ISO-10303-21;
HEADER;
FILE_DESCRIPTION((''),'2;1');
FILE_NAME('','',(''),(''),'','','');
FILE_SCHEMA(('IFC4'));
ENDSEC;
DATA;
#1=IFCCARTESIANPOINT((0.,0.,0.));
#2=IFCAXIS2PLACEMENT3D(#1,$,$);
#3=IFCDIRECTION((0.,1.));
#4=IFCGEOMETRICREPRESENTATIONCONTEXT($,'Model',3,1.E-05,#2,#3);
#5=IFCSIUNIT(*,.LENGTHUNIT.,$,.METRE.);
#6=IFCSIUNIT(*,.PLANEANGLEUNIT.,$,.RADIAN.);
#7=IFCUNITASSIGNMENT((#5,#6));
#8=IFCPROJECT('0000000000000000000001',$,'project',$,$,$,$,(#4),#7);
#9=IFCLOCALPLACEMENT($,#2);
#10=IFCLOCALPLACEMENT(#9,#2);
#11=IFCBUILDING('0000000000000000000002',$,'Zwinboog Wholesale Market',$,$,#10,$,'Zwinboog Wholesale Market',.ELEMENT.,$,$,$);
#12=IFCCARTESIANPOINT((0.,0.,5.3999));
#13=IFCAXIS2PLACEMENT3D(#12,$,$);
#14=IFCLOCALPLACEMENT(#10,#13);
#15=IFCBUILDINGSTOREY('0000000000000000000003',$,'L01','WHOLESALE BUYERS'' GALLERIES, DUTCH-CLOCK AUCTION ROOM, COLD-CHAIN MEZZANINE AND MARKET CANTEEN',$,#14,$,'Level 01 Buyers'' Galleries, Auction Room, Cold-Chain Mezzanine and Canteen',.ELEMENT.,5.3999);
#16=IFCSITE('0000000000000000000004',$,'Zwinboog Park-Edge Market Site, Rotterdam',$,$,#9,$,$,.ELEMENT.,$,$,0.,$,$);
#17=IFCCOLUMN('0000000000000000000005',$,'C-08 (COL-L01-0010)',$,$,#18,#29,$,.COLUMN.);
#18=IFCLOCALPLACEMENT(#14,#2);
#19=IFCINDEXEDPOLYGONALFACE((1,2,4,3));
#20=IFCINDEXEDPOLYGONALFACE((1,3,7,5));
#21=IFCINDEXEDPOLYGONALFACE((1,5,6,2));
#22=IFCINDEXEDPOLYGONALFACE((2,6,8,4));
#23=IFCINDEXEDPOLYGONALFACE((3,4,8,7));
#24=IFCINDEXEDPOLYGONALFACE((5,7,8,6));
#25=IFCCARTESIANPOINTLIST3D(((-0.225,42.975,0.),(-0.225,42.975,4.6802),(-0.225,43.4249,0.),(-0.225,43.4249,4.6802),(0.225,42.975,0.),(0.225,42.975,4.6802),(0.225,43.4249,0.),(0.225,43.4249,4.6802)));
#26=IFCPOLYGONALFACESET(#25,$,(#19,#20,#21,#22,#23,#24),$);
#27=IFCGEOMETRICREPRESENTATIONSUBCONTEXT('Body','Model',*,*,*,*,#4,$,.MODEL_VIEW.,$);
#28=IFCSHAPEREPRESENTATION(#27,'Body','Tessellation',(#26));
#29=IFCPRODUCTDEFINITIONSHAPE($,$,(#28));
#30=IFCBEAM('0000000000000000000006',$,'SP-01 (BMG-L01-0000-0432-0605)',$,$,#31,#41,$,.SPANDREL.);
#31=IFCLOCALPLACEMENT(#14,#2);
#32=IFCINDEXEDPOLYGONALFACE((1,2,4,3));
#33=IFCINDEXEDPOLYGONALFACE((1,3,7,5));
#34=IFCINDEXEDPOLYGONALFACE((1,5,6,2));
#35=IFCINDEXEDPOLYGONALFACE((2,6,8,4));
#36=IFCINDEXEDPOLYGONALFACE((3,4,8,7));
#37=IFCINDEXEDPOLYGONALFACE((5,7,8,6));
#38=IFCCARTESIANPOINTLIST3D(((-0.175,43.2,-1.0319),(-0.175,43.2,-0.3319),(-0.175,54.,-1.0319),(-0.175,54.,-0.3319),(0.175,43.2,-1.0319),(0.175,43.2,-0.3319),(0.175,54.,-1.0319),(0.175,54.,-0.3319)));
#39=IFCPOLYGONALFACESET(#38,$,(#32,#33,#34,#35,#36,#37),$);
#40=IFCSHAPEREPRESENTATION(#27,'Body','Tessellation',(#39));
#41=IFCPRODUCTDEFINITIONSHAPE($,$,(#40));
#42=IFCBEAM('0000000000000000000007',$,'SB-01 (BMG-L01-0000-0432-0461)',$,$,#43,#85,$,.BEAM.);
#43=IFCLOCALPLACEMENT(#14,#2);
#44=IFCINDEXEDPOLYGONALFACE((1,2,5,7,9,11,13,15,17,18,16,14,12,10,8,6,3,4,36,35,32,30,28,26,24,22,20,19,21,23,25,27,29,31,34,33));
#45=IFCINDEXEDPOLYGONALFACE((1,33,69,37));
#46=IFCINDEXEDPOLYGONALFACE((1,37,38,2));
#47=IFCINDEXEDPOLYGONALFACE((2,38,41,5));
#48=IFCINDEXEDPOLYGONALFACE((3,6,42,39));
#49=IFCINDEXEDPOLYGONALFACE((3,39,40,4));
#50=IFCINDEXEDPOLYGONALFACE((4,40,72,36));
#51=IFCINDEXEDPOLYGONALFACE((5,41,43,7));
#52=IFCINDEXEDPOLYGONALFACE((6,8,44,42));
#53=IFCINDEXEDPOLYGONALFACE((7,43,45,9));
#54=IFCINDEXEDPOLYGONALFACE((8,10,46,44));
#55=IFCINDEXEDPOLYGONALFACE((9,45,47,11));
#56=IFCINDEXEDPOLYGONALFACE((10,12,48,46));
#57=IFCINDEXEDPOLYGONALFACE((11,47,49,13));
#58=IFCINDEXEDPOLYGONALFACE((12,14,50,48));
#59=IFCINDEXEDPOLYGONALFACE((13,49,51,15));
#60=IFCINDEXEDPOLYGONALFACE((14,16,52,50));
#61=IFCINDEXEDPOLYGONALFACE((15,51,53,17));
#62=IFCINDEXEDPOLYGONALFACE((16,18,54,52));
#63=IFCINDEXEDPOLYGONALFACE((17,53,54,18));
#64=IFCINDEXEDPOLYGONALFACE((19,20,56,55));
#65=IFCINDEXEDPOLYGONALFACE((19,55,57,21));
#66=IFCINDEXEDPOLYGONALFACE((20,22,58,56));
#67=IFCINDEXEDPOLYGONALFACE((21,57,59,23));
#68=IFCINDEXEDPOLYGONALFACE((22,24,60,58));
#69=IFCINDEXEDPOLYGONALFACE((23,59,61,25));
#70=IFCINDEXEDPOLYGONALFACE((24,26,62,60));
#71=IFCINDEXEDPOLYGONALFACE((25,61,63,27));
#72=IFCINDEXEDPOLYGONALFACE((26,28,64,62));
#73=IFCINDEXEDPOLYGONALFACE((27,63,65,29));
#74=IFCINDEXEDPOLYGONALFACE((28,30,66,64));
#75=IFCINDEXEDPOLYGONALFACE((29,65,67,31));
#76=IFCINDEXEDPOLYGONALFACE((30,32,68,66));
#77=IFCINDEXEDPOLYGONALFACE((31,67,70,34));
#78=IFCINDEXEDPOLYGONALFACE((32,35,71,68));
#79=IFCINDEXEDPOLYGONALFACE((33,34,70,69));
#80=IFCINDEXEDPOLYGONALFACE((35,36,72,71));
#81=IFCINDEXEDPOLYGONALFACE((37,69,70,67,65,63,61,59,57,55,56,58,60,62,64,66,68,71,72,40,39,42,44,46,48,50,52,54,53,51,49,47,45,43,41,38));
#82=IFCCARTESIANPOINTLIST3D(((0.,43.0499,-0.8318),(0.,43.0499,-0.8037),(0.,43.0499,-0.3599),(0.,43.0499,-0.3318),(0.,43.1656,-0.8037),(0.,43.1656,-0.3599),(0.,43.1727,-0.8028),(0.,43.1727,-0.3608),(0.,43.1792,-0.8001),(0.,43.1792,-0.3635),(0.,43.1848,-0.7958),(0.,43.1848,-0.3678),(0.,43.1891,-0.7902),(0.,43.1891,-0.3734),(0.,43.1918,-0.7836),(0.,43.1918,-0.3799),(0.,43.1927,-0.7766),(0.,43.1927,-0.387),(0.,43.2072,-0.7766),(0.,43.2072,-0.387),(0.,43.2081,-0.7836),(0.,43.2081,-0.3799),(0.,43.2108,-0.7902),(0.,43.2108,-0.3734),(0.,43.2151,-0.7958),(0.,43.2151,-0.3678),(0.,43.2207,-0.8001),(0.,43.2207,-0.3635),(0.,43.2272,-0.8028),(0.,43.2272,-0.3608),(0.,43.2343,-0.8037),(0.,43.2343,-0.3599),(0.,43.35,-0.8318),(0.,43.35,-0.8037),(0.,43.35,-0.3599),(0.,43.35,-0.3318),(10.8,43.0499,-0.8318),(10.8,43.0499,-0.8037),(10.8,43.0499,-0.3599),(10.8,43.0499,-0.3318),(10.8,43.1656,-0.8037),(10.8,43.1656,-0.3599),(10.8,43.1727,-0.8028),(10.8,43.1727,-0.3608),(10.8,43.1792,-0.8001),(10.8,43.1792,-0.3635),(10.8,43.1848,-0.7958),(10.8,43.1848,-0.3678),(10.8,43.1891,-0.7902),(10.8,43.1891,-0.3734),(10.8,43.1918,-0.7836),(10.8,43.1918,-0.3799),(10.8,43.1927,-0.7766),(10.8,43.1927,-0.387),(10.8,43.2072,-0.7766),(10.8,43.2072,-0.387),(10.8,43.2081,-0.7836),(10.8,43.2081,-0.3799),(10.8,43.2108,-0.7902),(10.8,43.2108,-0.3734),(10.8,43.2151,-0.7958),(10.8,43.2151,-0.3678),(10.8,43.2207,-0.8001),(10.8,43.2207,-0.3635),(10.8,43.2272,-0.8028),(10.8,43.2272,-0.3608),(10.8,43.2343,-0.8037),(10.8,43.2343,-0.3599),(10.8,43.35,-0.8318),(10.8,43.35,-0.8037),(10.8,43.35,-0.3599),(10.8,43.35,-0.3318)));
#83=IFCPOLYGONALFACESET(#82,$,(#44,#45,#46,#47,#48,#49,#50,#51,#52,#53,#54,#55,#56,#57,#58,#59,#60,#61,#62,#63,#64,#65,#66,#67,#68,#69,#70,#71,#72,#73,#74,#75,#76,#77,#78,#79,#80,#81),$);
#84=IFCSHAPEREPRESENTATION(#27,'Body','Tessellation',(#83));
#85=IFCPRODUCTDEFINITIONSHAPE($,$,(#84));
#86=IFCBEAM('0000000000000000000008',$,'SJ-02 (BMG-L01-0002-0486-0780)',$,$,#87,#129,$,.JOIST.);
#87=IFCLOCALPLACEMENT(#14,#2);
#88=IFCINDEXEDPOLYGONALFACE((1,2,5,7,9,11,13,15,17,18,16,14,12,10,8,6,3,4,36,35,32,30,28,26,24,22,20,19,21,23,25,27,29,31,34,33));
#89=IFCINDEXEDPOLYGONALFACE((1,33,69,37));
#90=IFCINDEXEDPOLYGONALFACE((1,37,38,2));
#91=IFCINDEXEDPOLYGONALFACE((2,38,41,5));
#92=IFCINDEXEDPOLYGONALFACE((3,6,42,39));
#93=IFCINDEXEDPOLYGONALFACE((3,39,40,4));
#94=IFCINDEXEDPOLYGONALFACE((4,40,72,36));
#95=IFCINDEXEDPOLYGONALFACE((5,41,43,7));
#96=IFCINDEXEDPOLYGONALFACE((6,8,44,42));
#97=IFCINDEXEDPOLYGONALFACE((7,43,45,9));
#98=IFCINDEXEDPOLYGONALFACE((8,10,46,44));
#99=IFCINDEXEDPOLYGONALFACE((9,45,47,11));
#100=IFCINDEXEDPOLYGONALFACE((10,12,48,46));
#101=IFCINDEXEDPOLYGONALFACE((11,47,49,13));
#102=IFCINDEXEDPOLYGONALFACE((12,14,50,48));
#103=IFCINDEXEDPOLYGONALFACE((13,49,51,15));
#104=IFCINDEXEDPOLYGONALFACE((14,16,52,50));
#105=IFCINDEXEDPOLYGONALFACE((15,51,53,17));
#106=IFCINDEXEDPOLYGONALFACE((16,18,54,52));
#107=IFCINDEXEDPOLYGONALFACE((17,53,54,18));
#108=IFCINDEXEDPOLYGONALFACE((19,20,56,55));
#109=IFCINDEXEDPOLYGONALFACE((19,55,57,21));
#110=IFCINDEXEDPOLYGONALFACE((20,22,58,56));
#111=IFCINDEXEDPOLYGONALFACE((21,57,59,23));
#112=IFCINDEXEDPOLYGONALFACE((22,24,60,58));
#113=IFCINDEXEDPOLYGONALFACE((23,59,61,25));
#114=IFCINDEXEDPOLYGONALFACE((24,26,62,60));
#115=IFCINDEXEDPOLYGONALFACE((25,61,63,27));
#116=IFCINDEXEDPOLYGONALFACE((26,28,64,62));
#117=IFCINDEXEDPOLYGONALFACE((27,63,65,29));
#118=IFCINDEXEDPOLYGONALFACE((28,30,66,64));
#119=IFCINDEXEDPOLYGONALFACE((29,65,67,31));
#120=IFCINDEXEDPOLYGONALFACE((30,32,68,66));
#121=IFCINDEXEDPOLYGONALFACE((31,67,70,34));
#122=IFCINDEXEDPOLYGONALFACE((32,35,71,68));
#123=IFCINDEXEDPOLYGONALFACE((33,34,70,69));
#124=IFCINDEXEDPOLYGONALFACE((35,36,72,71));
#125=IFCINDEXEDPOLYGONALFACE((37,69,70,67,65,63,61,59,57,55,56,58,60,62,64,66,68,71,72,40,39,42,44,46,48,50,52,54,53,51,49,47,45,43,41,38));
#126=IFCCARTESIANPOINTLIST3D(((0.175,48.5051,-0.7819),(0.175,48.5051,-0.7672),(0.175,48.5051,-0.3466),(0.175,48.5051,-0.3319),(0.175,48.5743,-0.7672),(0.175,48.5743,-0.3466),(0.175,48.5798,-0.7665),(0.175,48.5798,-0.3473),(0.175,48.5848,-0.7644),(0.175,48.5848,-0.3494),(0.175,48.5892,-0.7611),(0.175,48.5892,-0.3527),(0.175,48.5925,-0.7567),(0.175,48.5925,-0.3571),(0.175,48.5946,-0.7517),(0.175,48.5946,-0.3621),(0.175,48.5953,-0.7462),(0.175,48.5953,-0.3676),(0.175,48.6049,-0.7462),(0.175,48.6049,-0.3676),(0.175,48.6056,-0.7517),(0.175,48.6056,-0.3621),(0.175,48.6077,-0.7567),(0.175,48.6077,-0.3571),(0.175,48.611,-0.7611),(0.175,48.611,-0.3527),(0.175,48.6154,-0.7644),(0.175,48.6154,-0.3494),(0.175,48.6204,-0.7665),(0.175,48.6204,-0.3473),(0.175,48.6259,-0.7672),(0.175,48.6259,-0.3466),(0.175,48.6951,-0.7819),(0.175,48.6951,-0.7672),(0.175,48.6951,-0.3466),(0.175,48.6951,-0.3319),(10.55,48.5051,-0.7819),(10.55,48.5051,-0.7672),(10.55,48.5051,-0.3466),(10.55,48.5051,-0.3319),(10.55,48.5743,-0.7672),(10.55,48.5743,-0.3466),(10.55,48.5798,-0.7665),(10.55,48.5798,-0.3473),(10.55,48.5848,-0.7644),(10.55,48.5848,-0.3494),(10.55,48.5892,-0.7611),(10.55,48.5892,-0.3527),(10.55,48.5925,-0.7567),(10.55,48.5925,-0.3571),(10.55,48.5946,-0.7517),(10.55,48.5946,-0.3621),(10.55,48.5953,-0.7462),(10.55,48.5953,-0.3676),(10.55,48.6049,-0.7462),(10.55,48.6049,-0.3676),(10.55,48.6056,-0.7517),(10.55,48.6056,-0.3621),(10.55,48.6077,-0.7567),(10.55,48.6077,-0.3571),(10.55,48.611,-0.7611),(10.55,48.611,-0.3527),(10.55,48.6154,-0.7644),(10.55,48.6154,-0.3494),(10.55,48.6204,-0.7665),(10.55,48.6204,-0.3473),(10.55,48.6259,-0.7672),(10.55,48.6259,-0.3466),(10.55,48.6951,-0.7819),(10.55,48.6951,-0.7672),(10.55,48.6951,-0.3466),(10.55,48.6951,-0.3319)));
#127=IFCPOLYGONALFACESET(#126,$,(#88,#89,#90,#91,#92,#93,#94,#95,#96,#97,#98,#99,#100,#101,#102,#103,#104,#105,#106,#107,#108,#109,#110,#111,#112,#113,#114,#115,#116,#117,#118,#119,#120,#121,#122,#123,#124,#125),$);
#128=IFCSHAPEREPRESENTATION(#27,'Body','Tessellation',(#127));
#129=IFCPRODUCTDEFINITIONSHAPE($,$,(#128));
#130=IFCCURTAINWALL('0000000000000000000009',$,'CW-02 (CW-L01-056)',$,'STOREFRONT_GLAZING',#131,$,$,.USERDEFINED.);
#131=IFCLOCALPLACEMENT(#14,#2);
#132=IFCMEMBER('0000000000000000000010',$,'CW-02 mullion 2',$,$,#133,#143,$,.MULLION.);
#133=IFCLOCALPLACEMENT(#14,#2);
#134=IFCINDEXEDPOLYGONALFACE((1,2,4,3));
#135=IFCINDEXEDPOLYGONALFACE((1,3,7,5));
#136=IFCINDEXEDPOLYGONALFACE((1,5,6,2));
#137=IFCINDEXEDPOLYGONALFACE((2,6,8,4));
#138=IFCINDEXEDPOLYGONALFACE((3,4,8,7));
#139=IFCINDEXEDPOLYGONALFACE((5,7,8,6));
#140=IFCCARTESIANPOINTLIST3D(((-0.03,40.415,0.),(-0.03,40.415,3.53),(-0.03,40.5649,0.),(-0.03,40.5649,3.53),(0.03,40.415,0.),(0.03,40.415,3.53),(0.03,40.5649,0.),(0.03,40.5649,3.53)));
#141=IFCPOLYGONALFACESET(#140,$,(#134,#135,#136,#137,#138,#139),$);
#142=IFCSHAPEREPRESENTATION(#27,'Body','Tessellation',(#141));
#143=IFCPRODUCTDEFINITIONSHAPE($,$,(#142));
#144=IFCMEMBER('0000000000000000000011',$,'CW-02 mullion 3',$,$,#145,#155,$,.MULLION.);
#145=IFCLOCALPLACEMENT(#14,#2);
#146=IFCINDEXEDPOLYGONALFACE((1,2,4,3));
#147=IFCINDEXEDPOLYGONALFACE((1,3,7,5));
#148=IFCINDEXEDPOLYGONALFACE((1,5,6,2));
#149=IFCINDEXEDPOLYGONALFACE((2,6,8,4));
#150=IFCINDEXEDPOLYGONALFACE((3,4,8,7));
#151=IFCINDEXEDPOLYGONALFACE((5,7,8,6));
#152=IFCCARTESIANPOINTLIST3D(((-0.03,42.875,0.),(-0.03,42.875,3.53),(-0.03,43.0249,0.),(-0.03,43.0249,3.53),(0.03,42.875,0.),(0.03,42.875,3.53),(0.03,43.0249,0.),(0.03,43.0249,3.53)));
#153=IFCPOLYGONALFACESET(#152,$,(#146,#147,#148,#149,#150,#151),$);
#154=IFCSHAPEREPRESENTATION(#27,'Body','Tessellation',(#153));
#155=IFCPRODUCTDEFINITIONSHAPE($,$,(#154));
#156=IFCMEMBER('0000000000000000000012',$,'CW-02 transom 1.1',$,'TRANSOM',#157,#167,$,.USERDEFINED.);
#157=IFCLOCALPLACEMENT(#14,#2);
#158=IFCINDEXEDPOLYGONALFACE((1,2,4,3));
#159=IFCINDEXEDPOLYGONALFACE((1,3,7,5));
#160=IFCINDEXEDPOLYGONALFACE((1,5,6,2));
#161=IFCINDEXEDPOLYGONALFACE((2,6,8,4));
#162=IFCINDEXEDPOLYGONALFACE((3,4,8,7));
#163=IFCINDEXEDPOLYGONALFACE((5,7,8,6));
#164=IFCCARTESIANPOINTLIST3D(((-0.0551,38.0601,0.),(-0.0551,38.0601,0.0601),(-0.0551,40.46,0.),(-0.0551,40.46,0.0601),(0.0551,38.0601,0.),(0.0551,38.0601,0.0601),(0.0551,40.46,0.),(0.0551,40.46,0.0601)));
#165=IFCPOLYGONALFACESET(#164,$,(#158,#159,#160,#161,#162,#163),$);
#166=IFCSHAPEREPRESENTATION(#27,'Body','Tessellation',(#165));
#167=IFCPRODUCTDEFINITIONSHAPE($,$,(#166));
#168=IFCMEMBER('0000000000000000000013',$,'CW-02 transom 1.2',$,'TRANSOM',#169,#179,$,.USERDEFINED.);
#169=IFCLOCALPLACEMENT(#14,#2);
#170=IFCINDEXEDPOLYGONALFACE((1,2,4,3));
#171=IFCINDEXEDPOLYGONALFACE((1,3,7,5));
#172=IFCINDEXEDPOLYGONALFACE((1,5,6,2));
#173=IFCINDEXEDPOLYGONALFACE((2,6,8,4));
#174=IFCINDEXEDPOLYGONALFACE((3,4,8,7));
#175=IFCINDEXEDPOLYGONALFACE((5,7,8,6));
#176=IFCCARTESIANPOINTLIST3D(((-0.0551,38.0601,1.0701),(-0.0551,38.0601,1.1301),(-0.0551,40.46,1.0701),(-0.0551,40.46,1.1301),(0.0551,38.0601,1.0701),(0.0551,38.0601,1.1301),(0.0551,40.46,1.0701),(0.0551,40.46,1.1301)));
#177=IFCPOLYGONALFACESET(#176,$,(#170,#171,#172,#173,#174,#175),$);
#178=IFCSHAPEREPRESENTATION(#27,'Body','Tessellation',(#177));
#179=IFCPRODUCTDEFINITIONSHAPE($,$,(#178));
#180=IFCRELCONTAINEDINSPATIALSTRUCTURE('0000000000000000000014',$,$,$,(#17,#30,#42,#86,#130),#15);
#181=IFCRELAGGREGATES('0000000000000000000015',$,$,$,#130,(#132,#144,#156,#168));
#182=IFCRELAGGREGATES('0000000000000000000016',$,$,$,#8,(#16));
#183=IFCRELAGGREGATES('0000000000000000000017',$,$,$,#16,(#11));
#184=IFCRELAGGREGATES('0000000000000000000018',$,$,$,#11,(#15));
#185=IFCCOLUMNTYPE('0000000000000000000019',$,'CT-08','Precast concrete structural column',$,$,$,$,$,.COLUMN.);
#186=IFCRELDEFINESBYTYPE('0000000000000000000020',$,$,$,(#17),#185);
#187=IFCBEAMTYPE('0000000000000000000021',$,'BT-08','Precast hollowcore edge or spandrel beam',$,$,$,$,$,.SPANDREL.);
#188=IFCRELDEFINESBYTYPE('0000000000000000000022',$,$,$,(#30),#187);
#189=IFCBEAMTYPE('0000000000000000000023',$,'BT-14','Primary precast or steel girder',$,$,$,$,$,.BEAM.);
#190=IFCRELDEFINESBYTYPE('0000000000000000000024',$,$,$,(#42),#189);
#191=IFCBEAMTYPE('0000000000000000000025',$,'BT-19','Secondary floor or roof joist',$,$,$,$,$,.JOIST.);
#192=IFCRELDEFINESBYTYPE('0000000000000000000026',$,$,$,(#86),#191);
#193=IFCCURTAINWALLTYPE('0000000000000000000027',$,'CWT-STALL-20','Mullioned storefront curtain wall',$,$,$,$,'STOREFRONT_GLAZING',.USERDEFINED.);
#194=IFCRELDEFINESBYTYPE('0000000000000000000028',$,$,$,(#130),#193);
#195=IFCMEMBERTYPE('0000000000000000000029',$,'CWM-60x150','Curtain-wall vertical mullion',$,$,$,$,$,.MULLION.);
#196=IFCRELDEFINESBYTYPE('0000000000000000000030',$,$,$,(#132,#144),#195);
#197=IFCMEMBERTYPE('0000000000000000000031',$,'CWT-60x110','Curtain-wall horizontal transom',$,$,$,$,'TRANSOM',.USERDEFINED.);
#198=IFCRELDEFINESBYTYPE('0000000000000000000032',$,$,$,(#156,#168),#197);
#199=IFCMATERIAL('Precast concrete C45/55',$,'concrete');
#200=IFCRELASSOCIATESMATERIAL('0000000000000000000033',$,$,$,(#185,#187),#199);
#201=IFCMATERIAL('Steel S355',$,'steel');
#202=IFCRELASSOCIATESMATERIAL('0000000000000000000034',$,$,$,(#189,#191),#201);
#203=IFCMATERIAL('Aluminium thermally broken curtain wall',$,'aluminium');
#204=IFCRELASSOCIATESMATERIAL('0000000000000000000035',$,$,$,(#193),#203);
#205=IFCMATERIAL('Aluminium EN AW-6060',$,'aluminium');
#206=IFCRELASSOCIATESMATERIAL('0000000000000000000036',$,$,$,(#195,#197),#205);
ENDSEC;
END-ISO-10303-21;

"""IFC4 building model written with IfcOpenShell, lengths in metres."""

from ifc_helpers import new_model, si_unit, direction, frame, origin, origin_2d, place, context, subcontext, project, spatial, rectangle, i_section, extrude, material, material_profile, profile_set, type_object, element, aggregate, save


model = new_model("IFC4")

# Units and contexts
model_context = context("Model", 3, precision=1e-05, world=origin(), true_north=direction((0.0, 1.0)))
body_context = subcontext(model_context, "Body", "Model", "MODEL_VIEW")
ifc_project = project(units=[si_unit("LENGTHUNIT", "METRE"), si_unit("PLANEANGLEUNIT", "RADIAN")], contexts=[model_context])

# Site, building, storey
site_placement = place(None, origin())
site = spatial("IfcSite", under=ifc_project, at=site_placement, Name="Zwinboog Park-Edge Market Site, Rotterdam", CompositionType="ELEMENT", RefElevation=0.0)
building_placement = place(site_placement, origin())
building = spatial("IfcBuilding", under=site, at=building_placement, Name="Zwinboog Wholesale Market", LongName="Zwinboog Wholesale Market", CompositionType="ELEMENT")
storey_placement = place(building_placement, frame((0.0, 0.0, 5.3999)))
storey = spatial("IfcBuildingStorey", under=building, at=storey_placement, Name="L01", Description="WHOLESALE BUYERS' GALLERIES, DUTCH-CLOCK AUCTION ROOM, COLD-CHAIN MEZZANINE AND MARKET CANTEEN", LongName="Level 01 Buyers' Galleries, Auction Room, Cold-Chain Mezzanine and Canteen", CompositionType="ELEMENT", Elevation=5.3999)

# Column
ifc_material_1 = material(Name="Precast concrete C45/55", Category="concrete")
ifc_material_profile_1 = material_profile(ifc_material_1, rectangle(XDim=0.45, YDim=0.45, at=origin_2d()), Name="PC 450x450")
ifc_profile_set_1 = profile_set([ifc_material_profile_1], Name="Precast concrete C45/55")
column_type = type_object("IfcColumnType", Name="CT-08", Description="Precast concrete structural column", PredefinedType="COLUMN", material=ifc_profile_set_1)
column_placement = place(storey_placement, frame((0.0, 43.2, 0.0), z_axis=(0.0, 0.0, 1.0), x_axis=(1.0, 0.0, 0.0)))
element("IfcColumn", 1, at=column_placement, inside=storey, type_object=column_type, Name="C-08 (COL-L01-0010)", PredefinedType="COLUMN", context=body_context, shape_type="SweptSolid", body=[
    extrude(rectangle(XDim=0.45, YDim=0.45, at=origin_2d()), origin(), (0.0, 0.0, 1.0), 4.6802),
])

# Beams
ifc_material_profile_2 = material_profile(ifc_material_1, rectangle(XDim=0.3501, YDim=0.7, at=origin_2d()), Name="PC 350x700")
ifc_profile_set_2 = profile_set([ifc_material_profile_2], Name="Precast concrete C45/55")
beam_type_1 = type_object("IfcBeamType", Name="BT-08", Description="Precast hollowcore edge or spandrel beam", PredefinedType="SPANDREL", material=ifc_profile_set_2)
beam_1_placement = place(storey_placement, frame((0.0, 43.2, -0.6819), z_axis=(0.0, 1.0, 0.0), x_axis=(-1.0, 0.0, 0.0)))
element("IfcBeam", 2, at=beam_1_placement, inside=storey, type_object=beam_type_1, Name="SP-01 (BMG-L01-0000-0432-0605)", PredefinedType="SPANDREL", context=body_context, shape_type="SweptSolid", body=[
    extrude(rectangle(XDim=0.3501, YDim=0.7, at=origin_2d()), origin(), (0.0, 0.0, 1.0), 10.8),
])
ifc_material_2 = material(Name="Steel S355", Category="steel")
ifc_material_profile_3 = material_profile(ifc_material_2, i_section(OverallWidth=0.3, OverallDepth=0.5, WebThickness=0.0144, FlangeThickness=0.0281, FilletRadius=0.0271, at=origin_2d()), Name="HEB 500")
ifc_profile_set_3 = profile_set([ifc_material_profile_3], Name="Steel S355")
beam_type_2 = type_object("IfcBeamType", Name="BT-14", Description="Primary precast or steel girder", PredefinedType="BEAM", material=ifc_profile_set_3)
beam_2_placement = place(storey_placement, frame((0.0, 43.2, -0.5818), z_axis=(1.0, 0.0, 0.0), x_axis=(0.0, 1.0, 0.0)))
element("IfcBeam", 3, at=beam_2_placement, inside=storey, type_object=beam_type_2, Name="SB-01 (BMG-L01-0000-0432-0461)", PredefinedType="BEAM", context=body_context, shape_type="SweptSolid", body=[
    extrude(i_section(OverallWidth=0.3, OverallDepth=0.5, WebThickness=0.0144, FlangeThickness=0.0281, FilletRadius=0.0271, at=origin_2d()), origin(), (0.0, 0.0, 1.0), 10.8),
])
ifc_material_profile_4 = material_profile(ifc_material_2, i_section(OverallWidth=0.1899, OverallDepth=0.45, WebThickness=0.0095, FlangeThickness=0.0146, FilletRadius=0.021, at=origin_2d()), Name="IPE 450")
ifc_profile_set_4 = profile_set([ifc_material_profile_4], Name="Steel S355")
beam_type_3 = type_object("IfcBeamType", Name="BT-19", Description="Secondary floor or roof joist", PredefinedType="JOIST", material=ifc_profile_set_4)
beam_3_placement = place(storey_placement, frame((0.175, 48.6001, -0.5569), z_axis=(1.0, 0.0, 0.0), x_axis=(0.0, 1.0, 0.0)))
element("IfcBeam", 4, at=beam_3_placement, inside=storey, type_object=beam_type_3, Name="SJ-02 (BMG-L01-0002-0486-0780)", PredefinedType="JOIST", context=body_context, shape_type="SweptSolid", body=[
    extrude(i_section(OverallWidth=0.1899, OverallDepth=0.45, WebThickness=0.0095, FlangeThickness=0.0146, FilletRadius=0.021, at=origin_2d()), origin(), (0.0, 0.0, 1.0), 10.375),
])

# Curtain wall, members
ifc_material_3 = material(Name="Aluminium thermally broken curtain wall", Category="aluminium")
curtain_wall_type = type_object("IfcCurtainWallType", Name="CWT-STALL-20", Description="Mullioned storefront curtain wall", ElementType="STOREFRONT_GLAZING", PredefinedType="USERDEFINED", material=ifc_material_3)
curtain_wall_placement = place(storey_placement, origin())
curtain_wall = element("IfcCurtainWall", 5, at=curtain_wall_placement, inside=storey, type_object=curtain_wall_type, Name="CW-02 (CW-L01-056)", ObjectType="STOREFRONT_GLAZING", PredefinedType="USERDEFINED")
ifc_material_4 = material(Name="Aluminium EN AW-6060", Category="aluminium")
ifc_material_profile_5 = material_profile(ifc_material_4, rectangle(XDim=0.0601, YDim=0.1499, at=origin_2d()), Name="AL 60x150")
ifc_profile_set_5 = profile_set([ifc_material_profile_5], Name="Aluminium EN AW-6060")
member_type_1 = type_object("IfcMemberType", Name="CWM-60x150", Description="Curtain-wall vertical mullion", PredefinedType="MULLION", material=ifc_profile_set_5)
member_1_placement = place(storey_placement, frame((0.0, 40.49, 0.0), z_axis=(0.0, 0.0, 1.0), x_axis=(-1.0, 0.0, 0.0)))
member_1 = element("IfcMember", 6, at=member_1_placement, type_object=member_type_1, Name="CW-02 mullion 2", PredefinedType="MULLION", context=body_context, shape_type="SweptSolid", body=[
    extrude(rectangle(XDim=0.0601, YDim=0.1499, at=origin_2d()), origin(), (0.0, 0.0, 1.0), 3.53),
])
member_2_placement = place(storey_placement, frame((0.0, 42.95, 0.0), z_axis=(0.0, 0.0, 1.0), x_axis=(-1.0, 0.0, 0.0)))
member_2 = element("IfcMember", 7, at=member_2_placement, type_object=member_type_1, Name="CW-02 mullion 3", PredefinedType="MULLION", context=body_context, shape_type="SweptSolid", body=[
    extrude(rectangle(XDim=0.0601, YDim=0.1499, at=origin_2d()), origin(), (0.0, 0.0, 1.0), 3.53),
])
ifc_material_profile_6 = material_profile(ifc_material_4, rectangle(XDim=0.1101, YDim=0.0601, at=origin_2d()), Name="AL 60x110")
ifc_profile_set_6 = profile_set([ifc_material_profile_6], Name="Aluminium EN AW-6060")
member_type_2 = type_object("IfcMemberType", Name="CWT-60x110", Description="Curtain-wall horizontal transom", ElementType="TRANSOM", PredefinedType="USERDEFINED", material=ifc_profile_set_6)
member_3_placement = place(storey_placement, frame((0.0, 38.0601, 0.03), z_axis=(0.0, 1.0, 0.0), x_axis=(-1.0, 0.0, 0.0)))
member_3 = element("IfcMember", 8, at=member_3_placement, type_object=member_type_2, Name="CW-02 transom 1.1", ObjectType="TRANSOM", PredefinedType="USERDEFINED", context=body_context, shape_type="SweptSolid", body=[
    extrude(rectangle(XDim=0.1101, YDim=0.0601, at=origin_2d()), origin(), (0.0, 0.0, 1.0), 2.3999),
])
member_4_placement = place(storey_placement, frame((0.0, 38.0601, 1.1001), z_axis=(0.0, 1.0, 0.0), x_axis=(-1.0, 0.0, 0.0)))
member_4 = element("IfcMember", 9, at=member_4_placement, type_object=member_type_2, Name="CW-02 transom 1.2", ObjectType="TRANSOM", PredefinedType="USERDEFINED", context=body_context, shape_type="SweptSolid", body=[
    extrude(rectangle(XDim=0.1101, YDim=0.0601, at=origin_2d()), origin(), (0.0, 0.0, 1.0), 2.3999),
])
aggregate(curtain_wall, [member_1, member_2, member_3, member_4])

save(model, "model.ifc")
